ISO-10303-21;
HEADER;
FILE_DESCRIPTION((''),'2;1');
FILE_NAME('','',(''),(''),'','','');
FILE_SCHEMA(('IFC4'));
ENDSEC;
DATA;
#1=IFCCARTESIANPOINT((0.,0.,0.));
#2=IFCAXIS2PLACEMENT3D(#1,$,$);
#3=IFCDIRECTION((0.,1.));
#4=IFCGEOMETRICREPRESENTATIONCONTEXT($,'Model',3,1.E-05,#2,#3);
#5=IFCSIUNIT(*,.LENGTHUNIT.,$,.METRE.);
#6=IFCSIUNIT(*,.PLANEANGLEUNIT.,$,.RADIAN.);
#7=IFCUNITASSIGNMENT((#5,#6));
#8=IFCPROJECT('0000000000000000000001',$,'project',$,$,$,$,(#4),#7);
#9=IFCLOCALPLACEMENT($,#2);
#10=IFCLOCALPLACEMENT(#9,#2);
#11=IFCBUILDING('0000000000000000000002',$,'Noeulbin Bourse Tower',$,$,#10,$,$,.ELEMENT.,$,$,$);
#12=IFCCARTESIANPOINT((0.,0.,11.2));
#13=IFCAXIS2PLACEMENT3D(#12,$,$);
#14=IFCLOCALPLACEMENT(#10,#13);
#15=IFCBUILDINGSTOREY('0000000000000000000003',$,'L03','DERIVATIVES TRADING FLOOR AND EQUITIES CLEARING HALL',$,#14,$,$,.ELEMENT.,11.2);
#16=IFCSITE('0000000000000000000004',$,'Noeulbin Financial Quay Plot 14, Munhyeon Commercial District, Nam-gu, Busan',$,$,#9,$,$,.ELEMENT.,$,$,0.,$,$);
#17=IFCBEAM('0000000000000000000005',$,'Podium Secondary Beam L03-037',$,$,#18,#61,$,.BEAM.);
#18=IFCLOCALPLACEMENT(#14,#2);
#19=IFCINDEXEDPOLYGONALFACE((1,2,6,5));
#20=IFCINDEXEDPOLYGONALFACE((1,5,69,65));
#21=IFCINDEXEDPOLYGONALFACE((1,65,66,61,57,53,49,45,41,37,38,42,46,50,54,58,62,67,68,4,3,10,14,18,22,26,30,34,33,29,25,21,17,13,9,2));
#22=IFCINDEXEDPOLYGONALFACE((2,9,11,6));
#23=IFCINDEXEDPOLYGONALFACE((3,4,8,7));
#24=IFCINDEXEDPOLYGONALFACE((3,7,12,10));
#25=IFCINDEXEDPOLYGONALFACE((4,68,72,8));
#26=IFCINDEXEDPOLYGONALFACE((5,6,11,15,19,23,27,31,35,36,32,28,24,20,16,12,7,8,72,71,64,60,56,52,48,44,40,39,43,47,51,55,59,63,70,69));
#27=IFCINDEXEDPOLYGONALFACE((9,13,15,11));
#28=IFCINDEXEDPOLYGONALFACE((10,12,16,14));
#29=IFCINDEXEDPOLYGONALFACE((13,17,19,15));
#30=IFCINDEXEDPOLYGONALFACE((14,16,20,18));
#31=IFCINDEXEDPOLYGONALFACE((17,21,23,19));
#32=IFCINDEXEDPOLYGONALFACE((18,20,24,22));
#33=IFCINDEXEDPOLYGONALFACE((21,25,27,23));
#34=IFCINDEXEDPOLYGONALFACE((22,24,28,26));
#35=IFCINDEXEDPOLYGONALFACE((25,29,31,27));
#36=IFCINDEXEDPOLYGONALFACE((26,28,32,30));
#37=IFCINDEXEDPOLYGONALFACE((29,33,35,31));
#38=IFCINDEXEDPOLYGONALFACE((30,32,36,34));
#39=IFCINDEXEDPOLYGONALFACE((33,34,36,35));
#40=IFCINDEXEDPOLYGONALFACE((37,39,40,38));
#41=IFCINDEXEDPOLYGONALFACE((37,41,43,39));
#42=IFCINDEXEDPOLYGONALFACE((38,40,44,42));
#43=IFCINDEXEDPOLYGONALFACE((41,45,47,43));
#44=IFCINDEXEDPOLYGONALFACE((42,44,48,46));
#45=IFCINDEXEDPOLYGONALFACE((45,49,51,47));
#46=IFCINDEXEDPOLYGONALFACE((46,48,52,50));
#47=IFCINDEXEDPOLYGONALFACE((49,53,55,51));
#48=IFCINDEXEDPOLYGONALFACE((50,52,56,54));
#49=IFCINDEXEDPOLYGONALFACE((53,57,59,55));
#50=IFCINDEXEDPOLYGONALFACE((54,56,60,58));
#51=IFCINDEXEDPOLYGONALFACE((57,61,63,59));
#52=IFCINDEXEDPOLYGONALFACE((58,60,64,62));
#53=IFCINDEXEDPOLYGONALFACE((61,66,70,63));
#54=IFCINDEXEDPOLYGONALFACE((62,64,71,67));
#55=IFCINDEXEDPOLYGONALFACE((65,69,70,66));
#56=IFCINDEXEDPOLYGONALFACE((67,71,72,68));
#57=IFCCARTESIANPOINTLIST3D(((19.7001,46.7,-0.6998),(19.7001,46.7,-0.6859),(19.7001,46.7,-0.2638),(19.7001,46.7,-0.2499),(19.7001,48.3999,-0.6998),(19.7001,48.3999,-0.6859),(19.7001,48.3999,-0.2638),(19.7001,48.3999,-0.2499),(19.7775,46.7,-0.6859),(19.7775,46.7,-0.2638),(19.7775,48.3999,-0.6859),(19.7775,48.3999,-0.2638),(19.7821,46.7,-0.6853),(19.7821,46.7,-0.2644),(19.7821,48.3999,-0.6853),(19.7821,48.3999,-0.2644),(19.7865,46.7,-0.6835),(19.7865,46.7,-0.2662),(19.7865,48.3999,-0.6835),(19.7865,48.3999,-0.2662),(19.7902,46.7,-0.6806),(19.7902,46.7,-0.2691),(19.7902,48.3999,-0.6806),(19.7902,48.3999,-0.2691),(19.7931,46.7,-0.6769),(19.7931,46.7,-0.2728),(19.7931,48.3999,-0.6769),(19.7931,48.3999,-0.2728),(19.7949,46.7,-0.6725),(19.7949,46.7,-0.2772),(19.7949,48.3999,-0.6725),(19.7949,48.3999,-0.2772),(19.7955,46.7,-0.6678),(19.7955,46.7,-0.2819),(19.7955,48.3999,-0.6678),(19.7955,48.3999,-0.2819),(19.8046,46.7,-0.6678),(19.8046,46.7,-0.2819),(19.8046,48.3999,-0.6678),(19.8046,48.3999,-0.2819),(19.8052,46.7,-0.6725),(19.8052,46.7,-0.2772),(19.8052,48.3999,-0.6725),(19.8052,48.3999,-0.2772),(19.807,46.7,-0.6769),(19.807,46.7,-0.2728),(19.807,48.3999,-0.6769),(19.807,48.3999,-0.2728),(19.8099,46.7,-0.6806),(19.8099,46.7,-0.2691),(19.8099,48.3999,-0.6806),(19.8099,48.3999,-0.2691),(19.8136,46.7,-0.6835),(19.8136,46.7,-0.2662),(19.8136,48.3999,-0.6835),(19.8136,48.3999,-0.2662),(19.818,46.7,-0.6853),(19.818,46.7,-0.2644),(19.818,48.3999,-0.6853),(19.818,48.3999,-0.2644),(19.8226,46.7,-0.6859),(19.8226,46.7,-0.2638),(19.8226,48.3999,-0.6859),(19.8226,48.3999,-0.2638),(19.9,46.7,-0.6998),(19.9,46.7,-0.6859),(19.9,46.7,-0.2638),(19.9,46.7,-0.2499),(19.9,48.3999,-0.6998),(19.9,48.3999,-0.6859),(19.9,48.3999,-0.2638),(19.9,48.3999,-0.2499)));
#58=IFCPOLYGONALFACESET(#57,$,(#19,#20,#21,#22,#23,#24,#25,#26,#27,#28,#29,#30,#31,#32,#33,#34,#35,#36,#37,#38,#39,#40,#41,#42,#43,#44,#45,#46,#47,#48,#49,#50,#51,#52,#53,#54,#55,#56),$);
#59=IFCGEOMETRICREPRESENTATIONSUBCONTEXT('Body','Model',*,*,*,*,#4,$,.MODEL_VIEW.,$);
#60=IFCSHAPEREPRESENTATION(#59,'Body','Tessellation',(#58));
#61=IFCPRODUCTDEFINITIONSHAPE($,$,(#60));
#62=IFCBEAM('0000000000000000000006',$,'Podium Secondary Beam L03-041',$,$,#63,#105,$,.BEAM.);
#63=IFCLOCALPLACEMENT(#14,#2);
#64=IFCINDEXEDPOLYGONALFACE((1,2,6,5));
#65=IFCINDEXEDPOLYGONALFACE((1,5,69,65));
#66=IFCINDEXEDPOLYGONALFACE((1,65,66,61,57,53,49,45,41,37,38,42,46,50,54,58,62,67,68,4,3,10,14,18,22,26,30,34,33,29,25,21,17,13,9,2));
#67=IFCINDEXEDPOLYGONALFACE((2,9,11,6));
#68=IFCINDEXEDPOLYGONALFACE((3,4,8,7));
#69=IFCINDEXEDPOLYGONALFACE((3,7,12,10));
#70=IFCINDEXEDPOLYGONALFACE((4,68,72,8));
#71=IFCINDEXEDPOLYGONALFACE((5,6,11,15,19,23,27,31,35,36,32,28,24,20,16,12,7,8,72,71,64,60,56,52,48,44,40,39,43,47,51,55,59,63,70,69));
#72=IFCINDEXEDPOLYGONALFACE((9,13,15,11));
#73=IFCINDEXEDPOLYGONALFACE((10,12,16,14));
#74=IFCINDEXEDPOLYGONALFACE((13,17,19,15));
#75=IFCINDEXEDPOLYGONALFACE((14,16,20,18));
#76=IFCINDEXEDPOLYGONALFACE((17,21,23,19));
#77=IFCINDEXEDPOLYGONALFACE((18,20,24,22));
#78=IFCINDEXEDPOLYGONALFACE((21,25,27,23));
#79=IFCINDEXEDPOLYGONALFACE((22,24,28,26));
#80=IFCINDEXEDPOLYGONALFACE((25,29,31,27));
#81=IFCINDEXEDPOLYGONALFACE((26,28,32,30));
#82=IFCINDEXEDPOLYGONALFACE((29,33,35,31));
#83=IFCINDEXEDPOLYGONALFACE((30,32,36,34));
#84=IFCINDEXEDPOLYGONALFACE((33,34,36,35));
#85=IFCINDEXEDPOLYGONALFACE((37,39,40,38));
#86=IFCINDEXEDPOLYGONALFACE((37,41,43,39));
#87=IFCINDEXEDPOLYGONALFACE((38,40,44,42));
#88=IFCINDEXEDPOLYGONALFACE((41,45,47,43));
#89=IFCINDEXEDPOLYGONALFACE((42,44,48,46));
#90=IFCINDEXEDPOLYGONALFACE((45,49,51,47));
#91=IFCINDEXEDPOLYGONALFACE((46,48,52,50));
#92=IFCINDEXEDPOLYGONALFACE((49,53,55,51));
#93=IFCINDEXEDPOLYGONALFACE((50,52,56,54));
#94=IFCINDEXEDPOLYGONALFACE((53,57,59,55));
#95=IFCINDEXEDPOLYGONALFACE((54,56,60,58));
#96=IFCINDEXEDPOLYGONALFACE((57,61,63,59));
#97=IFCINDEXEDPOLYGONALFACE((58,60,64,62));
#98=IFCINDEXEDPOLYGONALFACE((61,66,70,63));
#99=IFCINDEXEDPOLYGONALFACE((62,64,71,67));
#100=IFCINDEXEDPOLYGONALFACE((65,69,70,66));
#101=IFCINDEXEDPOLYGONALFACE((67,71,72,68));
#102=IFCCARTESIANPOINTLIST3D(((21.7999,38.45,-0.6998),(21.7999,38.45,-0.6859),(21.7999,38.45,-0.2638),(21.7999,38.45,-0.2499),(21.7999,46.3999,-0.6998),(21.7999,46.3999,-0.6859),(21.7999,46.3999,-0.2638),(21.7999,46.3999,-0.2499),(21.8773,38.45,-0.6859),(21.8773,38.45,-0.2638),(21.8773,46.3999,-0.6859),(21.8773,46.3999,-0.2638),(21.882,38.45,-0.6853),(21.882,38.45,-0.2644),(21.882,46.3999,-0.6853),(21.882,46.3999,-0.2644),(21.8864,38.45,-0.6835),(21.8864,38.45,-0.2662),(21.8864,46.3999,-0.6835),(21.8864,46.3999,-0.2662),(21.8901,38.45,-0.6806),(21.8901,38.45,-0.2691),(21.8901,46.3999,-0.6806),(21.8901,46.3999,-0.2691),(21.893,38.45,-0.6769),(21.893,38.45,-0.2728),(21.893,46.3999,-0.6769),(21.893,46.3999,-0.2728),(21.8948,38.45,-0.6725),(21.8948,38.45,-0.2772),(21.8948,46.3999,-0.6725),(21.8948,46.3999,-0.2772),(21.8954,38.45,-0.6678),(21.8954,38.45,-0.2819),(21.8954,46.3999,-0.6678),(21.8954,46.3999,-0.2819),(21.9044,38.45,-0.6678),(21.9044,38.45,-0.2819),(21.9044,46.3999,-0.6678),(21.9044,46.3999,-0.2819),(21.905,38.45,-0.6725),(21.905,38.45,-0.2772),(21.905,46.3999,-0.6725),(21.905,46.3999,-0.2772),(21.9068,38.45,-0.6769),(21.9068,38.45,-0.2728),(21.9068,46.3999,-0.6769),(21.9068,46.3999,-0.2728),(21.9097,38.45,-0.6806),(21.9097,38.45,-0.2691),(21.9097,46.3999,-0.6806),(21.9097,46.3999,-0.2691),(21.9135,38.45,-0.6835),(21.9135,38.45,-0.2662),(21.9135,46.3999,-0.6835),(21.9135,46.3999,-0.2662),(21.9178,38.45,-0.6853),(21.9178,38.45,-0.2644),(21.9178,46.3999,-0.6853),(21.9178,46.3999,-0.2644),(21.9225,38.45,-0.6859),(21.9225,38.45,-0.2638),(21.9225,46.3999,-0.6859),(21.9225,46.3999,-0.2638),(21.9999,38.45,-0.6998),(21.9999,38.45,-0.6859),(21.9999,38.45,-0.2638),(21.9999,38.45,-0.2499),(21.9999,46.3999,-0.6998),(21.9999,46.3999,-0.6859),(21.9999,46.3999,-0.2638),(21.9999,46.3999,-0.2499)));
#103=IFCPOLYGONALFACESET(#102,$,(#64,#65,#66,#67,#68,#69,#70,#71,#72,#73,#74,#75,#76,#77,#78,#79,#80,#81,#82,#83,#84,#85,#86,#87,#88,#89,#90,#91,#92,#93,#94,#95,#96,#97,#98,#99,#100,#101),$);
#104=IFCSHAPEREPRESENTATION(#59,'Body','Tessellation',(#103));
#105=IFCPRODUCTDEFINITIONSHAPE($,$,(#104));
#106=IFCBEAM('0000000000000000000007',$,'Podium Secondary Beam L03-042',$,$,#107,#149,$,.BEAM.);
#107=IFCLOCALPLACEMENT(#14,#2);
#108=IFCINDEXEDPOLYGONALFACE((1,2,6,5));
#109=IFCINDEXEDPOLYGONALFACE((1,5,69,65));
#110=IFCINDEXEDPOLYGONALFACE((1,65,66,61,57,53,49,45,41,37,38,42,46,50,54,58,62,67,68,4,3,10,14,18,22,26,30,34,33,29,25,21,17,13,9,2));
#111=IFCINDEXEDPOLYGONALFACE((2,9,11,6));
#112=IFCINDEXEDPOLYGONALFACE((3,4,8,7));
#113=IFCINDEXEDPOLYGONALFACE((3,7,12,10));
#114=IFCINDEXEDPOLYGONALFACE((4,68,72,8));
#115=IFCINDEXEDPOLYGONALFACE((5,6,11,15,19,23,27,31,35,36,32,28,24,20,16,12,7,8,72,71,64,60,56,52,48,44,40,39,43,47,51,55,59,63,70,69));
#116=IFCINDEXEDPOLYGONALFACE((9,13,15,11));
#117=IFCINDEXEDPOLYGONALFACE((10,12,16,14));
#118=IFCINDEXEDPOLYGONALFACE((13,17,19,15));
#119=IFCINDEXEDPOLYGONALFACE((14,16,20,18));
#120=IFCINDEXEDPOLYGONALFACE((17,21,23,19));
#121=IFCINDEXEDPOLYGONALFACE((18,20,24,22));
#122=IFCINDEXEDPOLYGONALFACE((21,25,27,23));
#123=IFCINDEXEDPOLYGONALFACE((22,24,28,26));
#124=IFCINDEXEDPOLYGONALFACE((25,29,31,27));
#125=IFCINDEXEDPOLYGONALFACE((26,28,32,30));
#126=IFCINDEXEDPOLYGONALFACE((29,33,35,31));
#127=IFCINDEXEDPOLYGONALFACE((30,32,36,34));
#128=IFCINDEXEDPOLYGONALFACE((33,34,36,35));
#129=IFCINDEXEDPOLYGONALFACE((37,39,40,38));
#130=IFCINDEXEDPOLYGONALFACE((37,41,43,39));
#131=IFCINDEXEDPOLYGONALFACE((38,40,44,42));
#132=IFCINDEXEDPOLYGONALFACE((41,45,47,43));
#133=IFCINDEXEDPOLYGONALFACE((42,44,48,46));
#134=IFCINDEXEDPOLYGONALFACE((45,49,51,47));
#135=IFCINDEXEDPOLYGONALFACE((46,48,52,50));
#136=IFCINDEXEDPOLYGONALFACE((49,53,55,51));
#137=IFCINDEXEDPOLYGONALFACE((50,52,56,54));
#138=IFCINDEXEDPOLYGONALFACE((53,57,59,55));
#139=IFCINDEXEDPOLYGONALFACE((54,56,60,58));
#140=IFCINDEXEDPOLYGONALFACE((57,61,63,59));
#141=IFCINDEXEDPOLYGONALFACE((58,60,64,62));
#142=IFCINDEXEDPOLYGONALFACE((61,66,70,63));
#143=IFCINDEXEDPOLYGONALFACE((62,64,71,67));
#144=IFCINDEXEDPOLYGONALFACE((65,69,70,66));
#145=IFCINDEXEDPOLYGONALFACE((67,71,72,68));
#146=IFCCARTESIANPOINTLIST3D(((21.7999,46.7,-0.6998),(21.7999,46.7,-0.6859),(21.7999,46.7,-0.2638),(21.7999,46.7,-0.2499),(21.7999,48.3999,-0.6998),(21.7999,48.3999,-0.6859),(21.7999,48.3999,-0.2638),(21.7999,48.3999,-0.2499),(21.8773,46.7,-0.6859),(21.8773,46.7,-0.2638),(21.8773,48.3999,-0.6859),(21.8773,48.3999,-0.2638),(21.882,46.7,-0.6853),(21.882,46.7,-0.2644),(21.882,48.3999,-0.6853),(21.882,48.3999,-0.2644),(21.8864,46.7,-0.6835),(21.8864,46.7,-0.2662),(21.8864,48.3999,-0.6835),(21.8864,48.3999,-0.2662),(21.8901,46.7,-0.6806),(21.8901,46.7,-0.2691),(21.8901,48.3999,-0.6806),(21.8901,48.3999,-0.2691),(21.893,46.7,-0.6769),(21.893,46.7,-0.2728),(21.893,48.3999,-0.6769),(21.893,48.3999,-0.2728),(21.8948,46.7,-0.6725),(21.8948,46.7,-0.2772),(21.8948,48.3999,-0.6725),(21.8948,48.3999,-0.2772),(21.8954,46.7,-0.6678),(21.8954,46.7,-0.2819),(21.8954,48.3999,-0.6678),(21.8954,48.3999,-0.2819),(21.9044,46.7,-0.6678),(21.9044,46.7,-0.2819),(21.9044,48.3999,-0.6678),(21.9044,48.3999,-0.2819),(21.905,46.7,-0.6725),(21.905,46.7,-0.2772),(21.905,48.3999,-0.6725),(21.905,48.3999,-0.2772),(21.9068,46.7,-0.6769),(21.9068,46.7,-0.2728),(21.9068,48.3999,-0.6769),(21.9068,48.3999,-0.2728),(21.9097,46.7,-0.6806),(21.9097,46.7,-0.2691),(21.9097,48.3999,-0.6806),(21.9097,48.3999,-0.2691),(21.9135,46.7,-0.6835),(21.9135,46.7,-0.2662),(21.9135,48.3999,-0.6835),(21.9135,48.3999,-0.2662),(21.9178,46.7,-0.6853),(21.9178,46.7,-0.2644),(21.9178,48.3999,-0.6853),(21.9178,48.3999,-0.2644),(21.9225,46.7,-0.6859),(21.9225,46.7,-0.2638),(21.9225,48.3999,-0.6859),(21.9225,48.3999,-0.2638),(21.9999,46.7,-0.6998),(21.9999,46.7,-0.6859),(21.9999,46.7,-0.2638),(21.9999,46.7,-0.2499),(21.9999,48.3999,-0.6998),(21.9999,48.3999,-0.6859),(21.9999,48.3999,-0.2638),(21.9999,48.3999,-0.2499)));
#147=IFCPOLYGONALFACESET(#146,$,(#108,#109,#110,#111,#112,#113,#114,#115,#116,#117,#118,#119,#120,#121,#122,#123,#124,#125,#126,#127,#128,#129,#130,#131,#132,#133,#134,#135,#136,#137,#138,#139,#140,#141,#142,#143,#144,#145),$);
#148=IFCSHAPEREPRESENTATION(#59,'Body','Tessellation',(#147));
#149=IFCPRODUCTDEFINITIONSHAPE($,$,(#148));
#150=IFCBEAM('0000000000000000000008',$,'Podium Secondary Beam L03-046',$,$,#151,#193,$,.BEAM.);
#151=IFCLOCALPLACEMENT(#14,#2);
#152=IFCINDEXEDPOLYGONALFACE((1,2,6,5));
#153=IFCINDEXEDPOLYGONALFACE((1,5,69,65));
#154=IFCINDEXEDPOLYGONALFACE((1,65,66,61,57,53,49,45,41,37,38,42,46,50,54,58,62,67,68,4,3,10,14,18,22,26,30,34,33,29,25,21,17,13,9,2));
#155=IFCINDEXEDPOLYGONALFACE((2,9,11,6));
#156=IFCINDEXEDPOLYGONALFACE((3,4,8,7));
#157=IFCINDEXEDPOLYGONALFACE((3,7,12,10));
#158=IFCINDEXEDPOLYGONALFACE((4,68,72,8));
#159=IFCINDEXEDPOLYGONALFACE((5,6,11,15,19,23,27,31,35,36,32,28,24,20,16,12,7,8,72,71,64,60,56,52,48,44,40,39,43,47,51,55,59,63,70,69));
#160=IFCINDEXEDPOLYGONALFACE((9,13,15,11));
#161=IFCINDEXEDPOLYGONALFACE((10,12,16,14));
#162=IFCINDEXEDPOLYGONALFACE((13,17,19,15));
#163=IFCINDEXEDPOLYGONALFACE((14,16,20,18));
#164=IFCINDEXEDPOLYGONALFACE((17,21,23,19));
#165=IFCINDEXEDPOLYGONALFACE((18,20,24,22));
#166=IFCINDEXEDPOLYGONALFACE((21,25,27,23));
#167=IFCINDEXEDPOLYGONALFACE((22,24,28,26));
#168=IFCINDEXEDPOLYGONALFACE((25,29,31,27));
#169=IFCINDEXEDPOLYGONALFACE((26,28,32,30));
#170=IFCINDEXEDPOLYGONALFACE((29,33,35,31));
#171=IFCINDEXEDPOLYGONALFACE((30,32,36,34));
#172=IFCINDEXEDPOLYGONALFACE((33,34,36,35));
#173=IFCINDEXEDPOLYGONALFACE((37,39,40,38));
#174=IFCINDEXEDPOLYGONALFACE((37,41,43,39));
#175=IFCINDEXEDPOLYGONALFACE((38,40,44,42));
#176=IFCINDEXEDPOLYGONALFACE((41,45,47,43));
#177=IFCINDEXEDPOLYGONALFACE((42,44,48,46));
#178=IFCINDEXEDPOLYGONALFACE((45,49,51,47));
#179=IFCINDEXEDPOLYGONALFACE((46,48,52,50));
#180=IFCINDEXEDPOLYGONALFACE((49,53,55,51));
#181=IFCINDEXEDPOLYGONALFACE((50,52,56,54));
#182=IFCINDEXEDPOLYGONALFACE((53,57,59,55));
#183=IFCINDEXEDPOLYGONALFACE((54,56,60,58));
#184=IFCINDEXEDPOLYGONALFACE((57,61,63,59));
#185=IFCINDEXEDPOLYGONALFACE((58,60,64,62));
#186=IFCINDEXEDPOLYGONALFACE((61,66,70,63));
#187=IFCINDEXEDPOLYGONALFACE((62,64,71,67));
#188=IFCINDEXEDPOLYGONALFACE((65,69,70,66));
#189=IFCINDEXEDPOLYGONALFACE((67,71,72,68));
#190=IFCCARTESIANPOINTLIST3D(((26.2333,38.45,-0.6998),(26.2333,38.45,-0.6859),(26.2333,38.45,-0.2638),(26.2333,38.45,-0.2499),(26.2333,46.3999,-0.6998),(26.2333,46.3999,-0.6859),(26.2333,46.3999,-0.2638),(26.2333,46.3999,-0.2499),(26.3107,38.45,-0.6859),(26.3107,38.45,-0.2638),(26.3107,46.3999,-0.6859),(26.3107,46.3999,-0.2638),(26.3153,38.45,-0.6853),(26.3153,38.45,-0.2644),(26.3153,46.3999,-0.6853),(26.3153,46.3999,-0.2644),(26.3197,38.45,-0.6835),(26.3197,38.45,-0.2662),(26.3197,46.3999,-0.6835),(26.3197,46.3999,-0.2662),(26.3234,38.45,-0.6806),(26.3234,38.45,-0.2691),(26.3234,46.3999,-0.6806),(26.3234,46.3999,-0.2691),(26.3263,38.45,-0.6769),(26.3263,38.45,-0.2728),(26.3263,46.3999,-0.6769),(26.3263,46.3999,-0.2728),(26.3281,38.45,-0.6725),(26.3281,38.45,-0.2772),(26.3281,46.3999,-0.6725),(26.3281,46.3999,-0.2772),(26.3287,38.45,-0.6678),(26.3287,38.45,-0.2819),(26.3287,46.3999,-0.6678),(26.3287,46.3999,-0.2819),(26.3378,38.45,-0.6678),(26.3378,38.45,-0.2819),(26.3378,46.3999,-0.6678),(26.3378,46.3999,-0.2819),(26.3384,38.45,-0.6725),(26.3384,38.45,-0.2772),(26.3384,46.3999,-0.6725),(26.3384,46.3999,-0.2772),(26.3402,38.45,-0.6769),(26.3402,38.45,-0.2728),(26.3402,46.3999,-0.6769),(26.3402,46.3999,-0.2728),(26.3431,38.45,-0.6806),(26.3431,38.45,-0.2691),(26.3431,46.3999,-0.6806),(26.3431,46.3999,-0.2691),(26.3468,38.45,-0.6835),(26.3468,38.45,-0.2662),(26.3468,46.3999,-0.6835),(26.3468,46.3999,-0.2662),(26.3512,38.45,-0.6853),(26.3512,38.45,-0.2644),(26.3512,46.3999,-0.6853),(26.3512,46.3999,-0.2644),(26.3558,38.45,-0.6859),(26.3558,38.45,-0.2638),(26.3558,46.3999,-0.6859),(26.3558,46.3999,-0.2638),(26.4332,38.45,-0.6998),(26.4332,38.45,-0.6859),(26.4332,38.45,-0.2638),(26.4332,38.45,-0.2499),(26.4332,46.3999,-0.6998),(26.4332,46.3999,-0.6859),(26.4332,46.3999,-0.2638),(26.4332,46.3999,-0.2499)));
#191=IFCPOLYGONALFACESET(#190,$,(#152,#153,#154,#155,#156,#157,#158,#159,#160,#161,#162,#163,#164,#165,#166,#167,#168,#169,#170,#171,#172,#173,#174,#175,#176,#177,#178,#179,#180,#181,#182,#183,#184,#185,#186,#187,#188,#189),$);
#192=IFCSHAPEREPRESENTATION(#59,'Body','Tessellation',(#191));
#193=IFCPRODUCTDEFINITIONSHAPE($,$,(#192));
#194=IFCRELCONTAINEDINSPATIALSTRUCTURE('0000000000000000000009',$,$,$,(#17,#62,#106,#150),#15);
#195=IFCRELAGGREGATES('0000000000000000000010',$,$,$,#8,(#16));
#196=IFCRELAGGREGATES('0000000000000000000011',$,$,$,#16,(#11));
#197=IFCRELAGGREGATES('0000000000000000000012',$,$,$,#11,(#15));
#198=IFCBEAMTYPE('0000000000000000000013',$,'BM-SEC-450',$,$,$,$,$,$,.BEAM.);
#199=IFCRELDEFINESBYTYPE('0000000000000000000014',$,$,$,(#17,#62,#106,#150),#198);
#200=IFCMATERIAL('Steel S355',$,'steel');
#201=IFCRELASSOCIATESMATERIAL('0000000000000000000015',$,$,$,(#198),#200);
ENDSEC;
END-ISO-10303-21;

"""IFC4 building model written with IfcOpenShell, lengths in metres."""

from ifc_helpers import new_model, si_unit, direction, frame, origin, origin_2d, place, context, subcontext, project, spatial, i_section, extrude, material, material_profile, profile_set, type_object, element, save


model = new_model("IFC4")

# Units and contexts
model_context = context("Model", 3, precision=1e-05, world=origin(), true_north=direction((0.0, 1.0)))
body_context = subcontext(model_context, "Body", "Model", "MODEL_VIEW")
ifc_project = project(units=[si_unit("LENGTHUNIT", "METRE"), si_unit("PLANEANGLEUNIT", "RADIAN")], contexts=[model_context])

# Site, building, storey
site_placement = place(None, origin())
site = spatial("IfcSite", under=ifc_project, at=site_placement, Name="Noeulbin Financial Quay Plot 14, Munhyeon Commercial District, Nam-gu, Busan", CompositionType="ELEMENT", RefElevation=0.0)
building_placement = place(site_placement, origin())
building = spatial("IfcBuilding", under=site, at=building_placement, Name="Noeulbin Bourse Tower", CompositionType="ELEMENT")
storey_placement = place(building_placement, frame((0.0, 0.0, 11.2)))
storey = spatial("IfcBuildingStorey", under=building, at=storey_placement, Name="L03", Description="DERIVATIVES TRADING FLOOR AND EQUITIES CLEARING HALL", CompositionType="ELEMENT", Elevation=11.2)

# Beams
ifc_material_1 = material(Name="Steel S355", Category="steel")
ifc_material_profile_1 = material_profile(ifc_material_1, i_section(OverallWidth=0.2, OverallDepth=0.45, WebThickness=0.009, FlangeThickness=0.0139, FilletRadius=0.0181, at=origin_2d()), Name="H-450x200x9x14", Category="LoadBearing")
ifc_profile_set_1 = profile_set([ifc_material_profile_1], Name="Steel S355")
beam_type_1 = type_object("IfcBeamType", Name="BM-SEC-450", PredefinedType="BEAM", material=ifc_profile_set_1)
beam_1_placement = place(storey_placement, frame((19.8, 46.7, -0.4749), z_axis=(0.0, 1.0, 0.0), x_axis=(-1.0, 0.0, 0.0)))
element("IfcBeam", 1, at=beam_1_placement, inside=storey, type_object=beam_type_1, Name="Podium Secondary Beam L03-037", PredefinedType="BEAM", context=body_context, shape_type="SweptSolid", body=[
    extrude(i_section(OverallWidth=0.2, OverallDepth=0.45, WebThickness=0.009, FlangeThickness=0.0139, FilletRadius=0.0181, at=origin_2d()), origin(), (0.0, 0.0, 1.0), 1.7),
])
beam_2_placement = place(storey_placement, frame((21.8999, 38.45, -0.4749), z_axis=(0.0, 1.0, 0.0), x_axis=(-1.0, 0.0, 0.0)))
element("IfcBeam", 2, at=beam_2_placement, inside=storey, type_object=beam_type_1, Name="Podium Secondary Beam L03-041", PredefinedType="BEAM", context=body_context, shape_type="SweptSolid", body=[
    extrude(i_section(OverallWidth=0.2, OverallDepth=0.45, WebThickness=0.009, FlangeThickness=0.0139, FilletRadius=0.0181, at=origin_2d()), origin(), (0.0, 0.0, 1.0), 7.95),
])
beam_3_placement = place(storey_placement, frame((21.8999, 46.7, -0.4749), z_axis=(0.0, 1.0, 0.0), x_axis=(-1.0, 0.0, 0.0)))
element("IfcBeam", 3, at=beam_3_placement, inside=storey, type_object=beam_type_1, Name="Podium Secondary Beam L03-042", PredefinedType="BEAM", context=body_context, shape_type="SweptSolid", body=[
    extrude(i_section(OverallWidth=0.2, OverallDepth=0.45, WebThickness=0.009, FlangeThickness=0.0139, FilletRadius=0.0181, at=origin_2d()), origin(), (0.0, 0.0, 1.0), 1.7),
])
beam_4_placement = place(storey_placement, frame((26.3333, 38.45, -0.4749), z_axis=(0.0, 1.0, 0.0), x_axis=(-1.0, 0.0, 0.0)))
element("IfcBeam", 4, at=beam_4_placement, inside=storey, type_object=beam_type_1, Name="Podium Secondary Beam L03-046", PredefinedType="BEAM", context=body_context, shape_type="SweptSolid", body=[
    extrude(i_section(OverallWidth=0.2, OverallDepth=0.45, WebThickness=0.009, FlangeThickness=0.0139, FilletRadius=0.0181, at=origin_2d()), origin(), (0.0, 0.0, 1.0), 7.95),
])

save(model, "model.ifc")
